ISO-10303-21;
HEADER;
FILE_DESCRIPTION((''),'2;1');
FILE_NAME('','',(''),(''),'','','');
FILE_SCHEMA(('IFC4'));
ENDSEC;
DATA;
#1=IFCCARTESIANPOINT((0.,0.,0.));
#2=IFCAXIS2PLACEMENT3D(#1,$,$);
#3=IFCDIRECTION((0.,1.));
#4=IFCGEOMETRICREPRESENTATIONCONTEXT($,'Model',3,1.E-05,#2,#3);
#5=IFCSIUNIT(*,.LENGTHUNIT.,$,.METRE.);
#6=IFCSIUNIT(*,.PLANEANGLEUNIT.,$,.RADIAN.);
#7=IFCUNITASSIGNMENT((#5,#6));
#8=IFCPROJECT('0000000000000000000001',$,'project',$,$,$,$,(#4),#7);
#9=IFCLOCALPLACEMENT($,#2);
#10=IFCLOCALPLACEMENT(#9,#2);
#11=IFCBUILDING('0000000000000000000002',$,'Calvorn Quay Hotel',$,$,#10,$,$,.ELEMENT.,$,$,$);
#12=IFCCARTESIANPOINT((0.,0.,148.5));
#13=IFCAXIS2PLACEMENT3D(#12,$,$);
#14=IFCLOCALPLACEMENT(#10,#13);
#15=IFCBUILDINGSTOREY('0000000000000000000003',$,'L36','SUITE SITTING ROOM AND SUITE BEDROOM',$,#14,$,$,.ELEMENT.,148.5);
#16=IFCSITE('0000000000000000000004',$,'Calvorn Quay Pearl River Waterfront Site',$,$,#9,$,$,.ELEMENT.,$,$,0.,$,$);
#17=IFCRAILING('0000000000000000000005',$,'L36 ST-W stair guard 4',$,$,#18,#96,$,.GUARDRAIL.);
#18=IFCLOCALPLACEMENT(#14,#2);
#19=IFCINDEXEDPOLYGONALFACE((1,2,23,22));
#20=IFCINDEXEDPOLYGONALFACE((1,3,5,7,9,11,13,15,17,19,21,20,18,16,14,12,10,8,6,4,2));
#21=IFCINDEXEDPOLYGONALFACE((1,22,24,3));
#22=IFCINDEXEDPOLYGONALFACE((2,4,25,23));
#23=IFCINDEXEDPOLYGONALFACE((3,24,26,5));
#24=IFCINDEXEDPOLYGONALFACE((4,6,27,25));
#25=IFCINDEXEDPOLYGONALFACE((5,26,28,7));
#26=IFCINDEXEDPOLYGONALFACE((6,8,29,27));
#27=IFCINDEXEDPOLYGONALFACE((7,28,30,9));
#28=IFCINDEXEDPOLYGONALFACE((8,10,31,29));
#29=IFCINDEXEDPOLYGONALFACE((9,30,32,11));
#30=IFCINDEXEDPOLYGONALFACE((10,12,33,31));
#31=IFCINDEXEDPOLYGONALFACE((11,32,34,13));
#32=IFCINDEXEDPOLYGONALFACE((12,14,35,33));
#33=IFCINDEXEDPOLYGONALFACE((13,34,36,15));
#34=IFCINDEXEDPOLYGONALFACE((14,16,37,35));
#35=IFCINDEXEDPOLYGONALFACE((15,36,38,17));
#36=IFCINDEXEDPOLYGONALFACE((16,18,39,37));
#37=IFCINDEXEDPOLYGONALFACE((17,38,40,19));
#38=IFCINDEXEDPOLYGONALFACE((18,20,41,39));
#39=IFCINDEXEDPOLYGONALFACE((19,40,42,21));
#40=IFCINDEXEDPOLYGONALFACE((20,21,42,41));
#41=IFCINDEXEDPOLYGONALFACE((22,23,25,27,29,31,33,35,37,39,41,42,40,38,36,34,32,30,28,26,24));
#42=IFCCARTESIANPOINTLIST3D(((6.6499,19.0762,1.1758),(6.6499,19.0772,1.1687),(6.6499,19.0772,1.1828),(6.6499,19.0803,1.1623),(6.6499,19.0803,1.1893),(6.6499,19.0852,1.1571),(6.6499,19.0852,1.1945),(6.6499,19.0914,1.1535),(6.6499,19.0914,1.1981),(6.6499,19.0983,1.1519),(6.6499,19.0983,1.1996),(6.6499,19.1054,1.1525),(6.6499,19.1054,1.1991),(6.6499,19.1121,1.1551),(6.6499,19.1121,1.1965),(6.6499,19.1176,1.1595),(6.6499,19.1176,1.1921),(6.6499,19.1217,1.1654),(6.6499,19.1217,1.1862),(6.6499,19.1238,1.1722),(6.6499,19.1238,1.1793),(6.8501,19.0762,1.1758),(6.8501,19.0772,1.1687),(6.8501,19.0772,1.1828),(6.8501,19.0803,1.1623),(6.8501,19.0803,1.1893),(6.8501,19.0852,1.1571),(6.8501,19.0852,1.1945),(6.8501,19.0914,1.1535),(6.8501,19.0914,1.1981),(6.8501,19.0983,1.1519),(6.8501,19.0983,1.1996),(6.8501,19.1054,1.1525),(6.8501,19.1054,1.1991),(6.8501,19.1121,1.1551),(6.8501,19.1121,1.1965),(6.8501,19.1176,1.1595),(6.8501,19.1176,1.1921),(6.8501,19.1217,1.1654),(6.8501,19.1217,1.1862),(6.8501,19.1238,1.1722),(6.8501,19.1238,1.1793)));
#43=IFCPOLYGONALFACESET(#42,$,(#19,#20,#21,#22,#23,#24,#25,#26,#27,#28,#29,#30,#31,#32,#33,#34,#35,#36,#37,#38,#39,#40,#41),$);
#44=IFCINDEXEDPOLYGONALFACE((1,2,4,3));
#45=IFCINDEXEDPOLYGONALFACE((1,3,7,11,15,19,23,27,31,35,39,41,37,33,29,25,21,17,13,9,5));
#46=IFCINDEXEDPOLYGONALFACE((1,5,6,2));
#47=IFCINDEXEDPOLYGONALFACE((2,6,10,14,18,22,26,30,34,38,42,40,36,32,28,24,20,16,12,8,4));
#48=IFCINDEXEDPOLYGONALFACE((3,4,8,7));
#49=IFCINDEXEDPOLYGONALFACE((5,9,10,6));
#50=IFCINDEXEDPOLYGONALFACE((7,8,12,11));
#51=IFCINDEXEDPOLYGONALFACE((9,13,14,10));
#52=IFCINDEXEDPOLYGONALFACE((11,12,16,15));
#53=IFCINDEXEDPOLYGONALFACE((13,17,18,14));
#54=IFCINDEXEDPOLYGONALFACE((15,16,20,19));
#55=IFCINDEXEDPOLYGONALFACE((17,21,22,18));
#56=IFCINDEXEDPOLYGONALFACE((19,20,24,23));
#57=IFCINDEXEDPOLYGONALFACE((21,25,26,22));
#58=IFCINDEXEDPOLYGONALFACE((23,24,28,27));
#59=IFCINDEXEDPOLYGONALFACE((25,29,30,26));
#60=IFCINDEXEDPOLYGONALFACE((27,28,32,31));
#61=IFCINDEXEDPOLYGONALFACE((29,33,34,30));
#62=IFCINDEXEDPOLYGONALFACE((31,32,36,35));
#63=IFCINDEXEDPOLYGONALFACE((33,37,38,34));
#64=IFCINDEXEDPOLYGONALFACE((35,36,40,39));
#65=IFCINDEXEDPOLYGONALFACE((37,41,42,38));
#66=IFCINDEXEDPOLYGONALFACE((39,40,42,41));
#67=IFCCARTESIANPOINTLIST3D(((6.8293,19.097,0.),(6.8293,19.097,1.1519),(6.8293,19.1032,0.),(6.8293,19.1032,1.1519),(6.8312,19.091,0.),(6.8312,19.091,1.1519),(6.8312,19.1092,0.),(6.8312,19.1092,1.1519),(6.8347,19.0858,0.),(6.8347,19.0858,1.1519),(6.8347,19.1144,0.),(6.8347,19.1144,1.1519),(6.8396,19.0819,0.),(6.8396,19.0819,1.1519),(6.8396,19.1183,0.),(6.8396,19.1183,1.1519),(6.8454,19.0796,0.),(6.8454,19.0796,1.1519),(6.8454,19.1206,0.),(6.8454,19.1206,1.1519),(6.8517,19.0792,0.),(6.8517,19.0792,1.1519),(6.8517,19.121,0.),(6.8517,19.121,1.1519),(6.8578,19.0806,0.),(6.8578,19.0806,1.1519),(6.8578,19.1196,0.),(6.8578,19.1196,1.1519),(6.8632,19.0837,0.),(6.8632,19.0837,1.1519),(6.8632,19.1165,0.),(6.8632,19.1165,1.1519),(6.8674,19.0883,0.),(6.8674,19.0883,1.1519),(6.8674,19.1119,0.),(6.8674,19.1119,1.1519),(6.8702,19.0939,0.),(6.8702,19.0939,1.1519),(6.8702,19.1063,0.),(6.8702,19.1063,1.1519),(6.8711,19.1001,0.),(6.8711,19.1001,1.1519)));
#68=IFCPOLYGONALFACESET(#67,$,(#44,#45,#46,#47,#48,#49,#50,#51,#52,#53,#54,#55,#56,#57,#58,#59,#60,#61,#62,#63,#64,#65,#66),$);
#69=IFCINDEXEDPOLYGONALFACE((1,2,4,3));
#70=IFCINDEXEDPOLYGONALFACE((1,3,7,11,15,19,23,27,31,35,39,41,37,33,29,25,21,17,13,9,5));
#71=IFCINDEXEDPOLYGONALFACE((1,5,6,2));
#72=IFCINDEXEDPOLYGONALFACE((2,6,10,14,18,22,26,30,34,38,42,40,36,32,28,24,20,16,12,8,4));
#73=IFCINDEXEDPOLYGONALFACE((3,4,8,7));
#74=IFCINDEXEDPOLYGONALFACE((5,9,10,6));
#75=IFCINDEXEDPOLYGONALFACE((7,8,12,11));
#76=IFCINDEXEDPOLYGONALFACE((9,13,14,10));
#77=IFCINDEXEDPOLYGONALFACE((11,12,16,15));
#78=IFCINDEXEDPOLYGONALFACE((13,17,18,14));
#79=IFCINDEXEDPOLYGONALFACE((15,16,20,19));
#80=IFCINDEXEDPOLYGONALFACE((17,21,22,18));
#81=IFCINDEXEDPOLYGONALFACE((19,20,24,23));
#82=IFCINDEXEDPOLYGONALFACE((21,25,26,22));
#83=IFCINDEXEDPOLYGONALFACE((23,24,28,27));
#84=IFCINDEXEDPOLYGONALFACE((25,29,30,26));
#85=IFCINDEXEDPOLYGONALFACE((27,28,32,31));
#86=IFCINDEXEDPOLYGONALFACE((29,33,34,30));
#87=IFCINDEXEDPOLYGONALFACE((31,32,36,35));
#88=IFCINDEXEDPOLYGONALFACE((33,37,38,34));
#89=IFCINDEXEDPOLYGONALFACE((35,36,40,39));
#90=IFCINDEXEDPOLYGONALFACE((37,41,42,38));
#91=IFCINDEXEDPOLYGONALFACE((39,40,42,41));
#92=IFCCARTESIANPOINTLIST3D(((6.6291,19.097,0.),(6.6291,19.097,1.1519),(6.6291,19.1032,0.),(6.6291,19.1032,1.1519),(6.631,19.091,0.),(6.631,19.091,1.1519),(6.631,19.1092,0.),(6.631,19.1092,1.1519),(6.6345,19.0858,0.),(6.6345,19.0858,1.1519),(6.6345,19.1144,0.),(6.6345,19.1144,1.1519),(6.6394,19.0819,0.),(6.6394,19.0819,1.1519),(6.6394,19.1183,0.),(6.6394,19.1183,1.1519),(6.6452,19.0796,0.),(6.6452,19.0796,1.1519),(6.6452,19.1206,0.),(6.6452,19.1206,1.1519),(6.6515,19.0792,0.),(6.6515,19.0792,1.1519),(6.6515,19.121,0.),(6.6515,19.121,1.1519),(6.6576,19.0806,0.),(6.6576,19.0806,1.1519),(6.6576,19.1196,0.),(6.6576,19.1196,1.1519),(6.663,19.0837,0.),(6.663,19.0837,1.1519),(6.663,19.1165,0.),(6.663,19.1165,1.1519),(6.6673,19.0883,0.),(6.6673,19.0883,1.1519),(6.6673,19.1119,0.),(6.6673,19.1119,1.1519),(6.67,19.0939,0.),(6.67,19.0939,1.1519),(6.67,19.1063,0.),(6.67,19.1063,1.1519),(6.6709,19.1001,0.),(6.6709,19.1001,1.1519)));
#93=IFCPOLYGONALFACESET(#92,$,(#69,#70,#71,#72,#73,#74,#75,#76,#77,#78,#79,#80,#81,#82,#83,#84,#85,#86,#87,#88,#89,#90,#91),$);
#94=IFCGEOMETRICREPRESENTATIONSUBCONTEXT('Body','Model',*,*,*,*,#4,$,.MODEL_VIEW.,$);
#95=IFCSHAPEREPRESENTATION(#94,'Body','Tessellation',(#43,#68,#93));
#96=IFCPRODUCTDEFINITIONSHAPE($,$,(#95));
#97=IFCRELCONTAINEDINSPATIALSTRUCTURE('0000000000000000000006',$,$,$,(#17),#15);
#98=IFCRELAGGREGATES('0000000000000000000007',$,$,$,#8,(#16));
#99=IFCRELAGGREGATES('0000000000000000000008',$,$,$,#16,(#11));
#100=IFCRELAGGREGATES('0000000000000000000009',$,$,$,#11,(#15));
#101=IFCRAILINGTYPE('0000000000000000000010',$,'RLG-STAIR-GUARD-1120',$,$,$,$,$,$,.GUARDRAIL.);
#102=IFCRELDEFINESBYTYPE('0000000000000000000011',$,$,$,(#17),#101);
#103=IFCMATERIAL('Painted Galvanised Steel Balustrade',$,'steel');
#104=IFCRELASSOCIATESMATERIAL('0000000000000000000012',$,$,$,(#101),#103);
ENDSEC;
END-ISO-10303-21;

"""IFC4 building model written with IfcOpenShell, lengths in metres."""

from ifc_helpers import new_model, si_unit, direction, frame, origin, origin_2d, place, context, subcontext, project, spatial, circle, extrude, material, type_object, element, save


model = new_model("IFC4")

# Units and contexts
model_context = context("Model", 3, precision=1e-05, world=origin(), true_north=direction((0.0, 1.0)))
body_context = subcontext(model_context, "Body", "Model", "MODEL_VIEW")
ifc_project = project(units=[si_unit("LENGTHUNIT", "METRE"), si_unit("PLANEANGLEUNIT", "RADIAN")], contexts=[model_context])

# Site, building, storey
site_placement = place(None, origin())
site = spatial("IfcSite", under=ifc_project, at=site_placement, Name="Calvorn Quay Pearl River Waterfront Site", CompositionType="ELEMENT", RefElevation=0.0)
building_placement = place(site_placement, origin())
building = spatial("IfcBuilding", under=site, at=building_placement, Name="Calvorn Quay Hotel", CompositionType="ELEMENT")
storey_placement = place(building_placement, frame((0.0, 0.0, 148.5)))
storey = spatial("IfcBuildingStorey", under=building, at=storey_placement, Name="L36", Description="SUITE SITTING ROOM AND SUITE BEDROOM", CompositionType="ELEMENT", Elevation=148.5)

# Railing
ifc_material_1 = material(Name="Painted Galvanised Steel Balustrade", Category="steel")
railing_type_1 = type_object("IfcRailingType", Name="RLG-STAIR-GUARD-1120", PredefinedType="GUARDRAIL", material=ifc_material_1)
railing_1_placement = place(storey_placement, frame((6.8501, 19.1001, 0.0)))
element("IfcRailing", 1, at=railing_1_placement, inside=storey, type_object=railing_type_1, Name="L36 ST-W stair guard 4", PredefinedType="GUARDRAIL", context=body_context, shape_type="SweptSolid", body=[
    extrude(circle(Radius=0.0239, at=origin_2d()), frame((0.0, 0.0, 1.1758), z_axis=(-1.0, 0.0, 0.0), x_axis=(0.0, -1.0, 0.0)), (0.0, 0.0, 1.0), 0.2002),
    extrude(circle(Radius=0.021, at=origin_2d()), origin(), (0.0, 0.0, 1.0), 1.1519),
    extrude(circle(Radius=0.021, at=origin_2d()), frame((-0.2002, 0.0, 0.0)), (0.0, 0.0, 1.0), 1.1519),
])

save(model, "model.ifc")
